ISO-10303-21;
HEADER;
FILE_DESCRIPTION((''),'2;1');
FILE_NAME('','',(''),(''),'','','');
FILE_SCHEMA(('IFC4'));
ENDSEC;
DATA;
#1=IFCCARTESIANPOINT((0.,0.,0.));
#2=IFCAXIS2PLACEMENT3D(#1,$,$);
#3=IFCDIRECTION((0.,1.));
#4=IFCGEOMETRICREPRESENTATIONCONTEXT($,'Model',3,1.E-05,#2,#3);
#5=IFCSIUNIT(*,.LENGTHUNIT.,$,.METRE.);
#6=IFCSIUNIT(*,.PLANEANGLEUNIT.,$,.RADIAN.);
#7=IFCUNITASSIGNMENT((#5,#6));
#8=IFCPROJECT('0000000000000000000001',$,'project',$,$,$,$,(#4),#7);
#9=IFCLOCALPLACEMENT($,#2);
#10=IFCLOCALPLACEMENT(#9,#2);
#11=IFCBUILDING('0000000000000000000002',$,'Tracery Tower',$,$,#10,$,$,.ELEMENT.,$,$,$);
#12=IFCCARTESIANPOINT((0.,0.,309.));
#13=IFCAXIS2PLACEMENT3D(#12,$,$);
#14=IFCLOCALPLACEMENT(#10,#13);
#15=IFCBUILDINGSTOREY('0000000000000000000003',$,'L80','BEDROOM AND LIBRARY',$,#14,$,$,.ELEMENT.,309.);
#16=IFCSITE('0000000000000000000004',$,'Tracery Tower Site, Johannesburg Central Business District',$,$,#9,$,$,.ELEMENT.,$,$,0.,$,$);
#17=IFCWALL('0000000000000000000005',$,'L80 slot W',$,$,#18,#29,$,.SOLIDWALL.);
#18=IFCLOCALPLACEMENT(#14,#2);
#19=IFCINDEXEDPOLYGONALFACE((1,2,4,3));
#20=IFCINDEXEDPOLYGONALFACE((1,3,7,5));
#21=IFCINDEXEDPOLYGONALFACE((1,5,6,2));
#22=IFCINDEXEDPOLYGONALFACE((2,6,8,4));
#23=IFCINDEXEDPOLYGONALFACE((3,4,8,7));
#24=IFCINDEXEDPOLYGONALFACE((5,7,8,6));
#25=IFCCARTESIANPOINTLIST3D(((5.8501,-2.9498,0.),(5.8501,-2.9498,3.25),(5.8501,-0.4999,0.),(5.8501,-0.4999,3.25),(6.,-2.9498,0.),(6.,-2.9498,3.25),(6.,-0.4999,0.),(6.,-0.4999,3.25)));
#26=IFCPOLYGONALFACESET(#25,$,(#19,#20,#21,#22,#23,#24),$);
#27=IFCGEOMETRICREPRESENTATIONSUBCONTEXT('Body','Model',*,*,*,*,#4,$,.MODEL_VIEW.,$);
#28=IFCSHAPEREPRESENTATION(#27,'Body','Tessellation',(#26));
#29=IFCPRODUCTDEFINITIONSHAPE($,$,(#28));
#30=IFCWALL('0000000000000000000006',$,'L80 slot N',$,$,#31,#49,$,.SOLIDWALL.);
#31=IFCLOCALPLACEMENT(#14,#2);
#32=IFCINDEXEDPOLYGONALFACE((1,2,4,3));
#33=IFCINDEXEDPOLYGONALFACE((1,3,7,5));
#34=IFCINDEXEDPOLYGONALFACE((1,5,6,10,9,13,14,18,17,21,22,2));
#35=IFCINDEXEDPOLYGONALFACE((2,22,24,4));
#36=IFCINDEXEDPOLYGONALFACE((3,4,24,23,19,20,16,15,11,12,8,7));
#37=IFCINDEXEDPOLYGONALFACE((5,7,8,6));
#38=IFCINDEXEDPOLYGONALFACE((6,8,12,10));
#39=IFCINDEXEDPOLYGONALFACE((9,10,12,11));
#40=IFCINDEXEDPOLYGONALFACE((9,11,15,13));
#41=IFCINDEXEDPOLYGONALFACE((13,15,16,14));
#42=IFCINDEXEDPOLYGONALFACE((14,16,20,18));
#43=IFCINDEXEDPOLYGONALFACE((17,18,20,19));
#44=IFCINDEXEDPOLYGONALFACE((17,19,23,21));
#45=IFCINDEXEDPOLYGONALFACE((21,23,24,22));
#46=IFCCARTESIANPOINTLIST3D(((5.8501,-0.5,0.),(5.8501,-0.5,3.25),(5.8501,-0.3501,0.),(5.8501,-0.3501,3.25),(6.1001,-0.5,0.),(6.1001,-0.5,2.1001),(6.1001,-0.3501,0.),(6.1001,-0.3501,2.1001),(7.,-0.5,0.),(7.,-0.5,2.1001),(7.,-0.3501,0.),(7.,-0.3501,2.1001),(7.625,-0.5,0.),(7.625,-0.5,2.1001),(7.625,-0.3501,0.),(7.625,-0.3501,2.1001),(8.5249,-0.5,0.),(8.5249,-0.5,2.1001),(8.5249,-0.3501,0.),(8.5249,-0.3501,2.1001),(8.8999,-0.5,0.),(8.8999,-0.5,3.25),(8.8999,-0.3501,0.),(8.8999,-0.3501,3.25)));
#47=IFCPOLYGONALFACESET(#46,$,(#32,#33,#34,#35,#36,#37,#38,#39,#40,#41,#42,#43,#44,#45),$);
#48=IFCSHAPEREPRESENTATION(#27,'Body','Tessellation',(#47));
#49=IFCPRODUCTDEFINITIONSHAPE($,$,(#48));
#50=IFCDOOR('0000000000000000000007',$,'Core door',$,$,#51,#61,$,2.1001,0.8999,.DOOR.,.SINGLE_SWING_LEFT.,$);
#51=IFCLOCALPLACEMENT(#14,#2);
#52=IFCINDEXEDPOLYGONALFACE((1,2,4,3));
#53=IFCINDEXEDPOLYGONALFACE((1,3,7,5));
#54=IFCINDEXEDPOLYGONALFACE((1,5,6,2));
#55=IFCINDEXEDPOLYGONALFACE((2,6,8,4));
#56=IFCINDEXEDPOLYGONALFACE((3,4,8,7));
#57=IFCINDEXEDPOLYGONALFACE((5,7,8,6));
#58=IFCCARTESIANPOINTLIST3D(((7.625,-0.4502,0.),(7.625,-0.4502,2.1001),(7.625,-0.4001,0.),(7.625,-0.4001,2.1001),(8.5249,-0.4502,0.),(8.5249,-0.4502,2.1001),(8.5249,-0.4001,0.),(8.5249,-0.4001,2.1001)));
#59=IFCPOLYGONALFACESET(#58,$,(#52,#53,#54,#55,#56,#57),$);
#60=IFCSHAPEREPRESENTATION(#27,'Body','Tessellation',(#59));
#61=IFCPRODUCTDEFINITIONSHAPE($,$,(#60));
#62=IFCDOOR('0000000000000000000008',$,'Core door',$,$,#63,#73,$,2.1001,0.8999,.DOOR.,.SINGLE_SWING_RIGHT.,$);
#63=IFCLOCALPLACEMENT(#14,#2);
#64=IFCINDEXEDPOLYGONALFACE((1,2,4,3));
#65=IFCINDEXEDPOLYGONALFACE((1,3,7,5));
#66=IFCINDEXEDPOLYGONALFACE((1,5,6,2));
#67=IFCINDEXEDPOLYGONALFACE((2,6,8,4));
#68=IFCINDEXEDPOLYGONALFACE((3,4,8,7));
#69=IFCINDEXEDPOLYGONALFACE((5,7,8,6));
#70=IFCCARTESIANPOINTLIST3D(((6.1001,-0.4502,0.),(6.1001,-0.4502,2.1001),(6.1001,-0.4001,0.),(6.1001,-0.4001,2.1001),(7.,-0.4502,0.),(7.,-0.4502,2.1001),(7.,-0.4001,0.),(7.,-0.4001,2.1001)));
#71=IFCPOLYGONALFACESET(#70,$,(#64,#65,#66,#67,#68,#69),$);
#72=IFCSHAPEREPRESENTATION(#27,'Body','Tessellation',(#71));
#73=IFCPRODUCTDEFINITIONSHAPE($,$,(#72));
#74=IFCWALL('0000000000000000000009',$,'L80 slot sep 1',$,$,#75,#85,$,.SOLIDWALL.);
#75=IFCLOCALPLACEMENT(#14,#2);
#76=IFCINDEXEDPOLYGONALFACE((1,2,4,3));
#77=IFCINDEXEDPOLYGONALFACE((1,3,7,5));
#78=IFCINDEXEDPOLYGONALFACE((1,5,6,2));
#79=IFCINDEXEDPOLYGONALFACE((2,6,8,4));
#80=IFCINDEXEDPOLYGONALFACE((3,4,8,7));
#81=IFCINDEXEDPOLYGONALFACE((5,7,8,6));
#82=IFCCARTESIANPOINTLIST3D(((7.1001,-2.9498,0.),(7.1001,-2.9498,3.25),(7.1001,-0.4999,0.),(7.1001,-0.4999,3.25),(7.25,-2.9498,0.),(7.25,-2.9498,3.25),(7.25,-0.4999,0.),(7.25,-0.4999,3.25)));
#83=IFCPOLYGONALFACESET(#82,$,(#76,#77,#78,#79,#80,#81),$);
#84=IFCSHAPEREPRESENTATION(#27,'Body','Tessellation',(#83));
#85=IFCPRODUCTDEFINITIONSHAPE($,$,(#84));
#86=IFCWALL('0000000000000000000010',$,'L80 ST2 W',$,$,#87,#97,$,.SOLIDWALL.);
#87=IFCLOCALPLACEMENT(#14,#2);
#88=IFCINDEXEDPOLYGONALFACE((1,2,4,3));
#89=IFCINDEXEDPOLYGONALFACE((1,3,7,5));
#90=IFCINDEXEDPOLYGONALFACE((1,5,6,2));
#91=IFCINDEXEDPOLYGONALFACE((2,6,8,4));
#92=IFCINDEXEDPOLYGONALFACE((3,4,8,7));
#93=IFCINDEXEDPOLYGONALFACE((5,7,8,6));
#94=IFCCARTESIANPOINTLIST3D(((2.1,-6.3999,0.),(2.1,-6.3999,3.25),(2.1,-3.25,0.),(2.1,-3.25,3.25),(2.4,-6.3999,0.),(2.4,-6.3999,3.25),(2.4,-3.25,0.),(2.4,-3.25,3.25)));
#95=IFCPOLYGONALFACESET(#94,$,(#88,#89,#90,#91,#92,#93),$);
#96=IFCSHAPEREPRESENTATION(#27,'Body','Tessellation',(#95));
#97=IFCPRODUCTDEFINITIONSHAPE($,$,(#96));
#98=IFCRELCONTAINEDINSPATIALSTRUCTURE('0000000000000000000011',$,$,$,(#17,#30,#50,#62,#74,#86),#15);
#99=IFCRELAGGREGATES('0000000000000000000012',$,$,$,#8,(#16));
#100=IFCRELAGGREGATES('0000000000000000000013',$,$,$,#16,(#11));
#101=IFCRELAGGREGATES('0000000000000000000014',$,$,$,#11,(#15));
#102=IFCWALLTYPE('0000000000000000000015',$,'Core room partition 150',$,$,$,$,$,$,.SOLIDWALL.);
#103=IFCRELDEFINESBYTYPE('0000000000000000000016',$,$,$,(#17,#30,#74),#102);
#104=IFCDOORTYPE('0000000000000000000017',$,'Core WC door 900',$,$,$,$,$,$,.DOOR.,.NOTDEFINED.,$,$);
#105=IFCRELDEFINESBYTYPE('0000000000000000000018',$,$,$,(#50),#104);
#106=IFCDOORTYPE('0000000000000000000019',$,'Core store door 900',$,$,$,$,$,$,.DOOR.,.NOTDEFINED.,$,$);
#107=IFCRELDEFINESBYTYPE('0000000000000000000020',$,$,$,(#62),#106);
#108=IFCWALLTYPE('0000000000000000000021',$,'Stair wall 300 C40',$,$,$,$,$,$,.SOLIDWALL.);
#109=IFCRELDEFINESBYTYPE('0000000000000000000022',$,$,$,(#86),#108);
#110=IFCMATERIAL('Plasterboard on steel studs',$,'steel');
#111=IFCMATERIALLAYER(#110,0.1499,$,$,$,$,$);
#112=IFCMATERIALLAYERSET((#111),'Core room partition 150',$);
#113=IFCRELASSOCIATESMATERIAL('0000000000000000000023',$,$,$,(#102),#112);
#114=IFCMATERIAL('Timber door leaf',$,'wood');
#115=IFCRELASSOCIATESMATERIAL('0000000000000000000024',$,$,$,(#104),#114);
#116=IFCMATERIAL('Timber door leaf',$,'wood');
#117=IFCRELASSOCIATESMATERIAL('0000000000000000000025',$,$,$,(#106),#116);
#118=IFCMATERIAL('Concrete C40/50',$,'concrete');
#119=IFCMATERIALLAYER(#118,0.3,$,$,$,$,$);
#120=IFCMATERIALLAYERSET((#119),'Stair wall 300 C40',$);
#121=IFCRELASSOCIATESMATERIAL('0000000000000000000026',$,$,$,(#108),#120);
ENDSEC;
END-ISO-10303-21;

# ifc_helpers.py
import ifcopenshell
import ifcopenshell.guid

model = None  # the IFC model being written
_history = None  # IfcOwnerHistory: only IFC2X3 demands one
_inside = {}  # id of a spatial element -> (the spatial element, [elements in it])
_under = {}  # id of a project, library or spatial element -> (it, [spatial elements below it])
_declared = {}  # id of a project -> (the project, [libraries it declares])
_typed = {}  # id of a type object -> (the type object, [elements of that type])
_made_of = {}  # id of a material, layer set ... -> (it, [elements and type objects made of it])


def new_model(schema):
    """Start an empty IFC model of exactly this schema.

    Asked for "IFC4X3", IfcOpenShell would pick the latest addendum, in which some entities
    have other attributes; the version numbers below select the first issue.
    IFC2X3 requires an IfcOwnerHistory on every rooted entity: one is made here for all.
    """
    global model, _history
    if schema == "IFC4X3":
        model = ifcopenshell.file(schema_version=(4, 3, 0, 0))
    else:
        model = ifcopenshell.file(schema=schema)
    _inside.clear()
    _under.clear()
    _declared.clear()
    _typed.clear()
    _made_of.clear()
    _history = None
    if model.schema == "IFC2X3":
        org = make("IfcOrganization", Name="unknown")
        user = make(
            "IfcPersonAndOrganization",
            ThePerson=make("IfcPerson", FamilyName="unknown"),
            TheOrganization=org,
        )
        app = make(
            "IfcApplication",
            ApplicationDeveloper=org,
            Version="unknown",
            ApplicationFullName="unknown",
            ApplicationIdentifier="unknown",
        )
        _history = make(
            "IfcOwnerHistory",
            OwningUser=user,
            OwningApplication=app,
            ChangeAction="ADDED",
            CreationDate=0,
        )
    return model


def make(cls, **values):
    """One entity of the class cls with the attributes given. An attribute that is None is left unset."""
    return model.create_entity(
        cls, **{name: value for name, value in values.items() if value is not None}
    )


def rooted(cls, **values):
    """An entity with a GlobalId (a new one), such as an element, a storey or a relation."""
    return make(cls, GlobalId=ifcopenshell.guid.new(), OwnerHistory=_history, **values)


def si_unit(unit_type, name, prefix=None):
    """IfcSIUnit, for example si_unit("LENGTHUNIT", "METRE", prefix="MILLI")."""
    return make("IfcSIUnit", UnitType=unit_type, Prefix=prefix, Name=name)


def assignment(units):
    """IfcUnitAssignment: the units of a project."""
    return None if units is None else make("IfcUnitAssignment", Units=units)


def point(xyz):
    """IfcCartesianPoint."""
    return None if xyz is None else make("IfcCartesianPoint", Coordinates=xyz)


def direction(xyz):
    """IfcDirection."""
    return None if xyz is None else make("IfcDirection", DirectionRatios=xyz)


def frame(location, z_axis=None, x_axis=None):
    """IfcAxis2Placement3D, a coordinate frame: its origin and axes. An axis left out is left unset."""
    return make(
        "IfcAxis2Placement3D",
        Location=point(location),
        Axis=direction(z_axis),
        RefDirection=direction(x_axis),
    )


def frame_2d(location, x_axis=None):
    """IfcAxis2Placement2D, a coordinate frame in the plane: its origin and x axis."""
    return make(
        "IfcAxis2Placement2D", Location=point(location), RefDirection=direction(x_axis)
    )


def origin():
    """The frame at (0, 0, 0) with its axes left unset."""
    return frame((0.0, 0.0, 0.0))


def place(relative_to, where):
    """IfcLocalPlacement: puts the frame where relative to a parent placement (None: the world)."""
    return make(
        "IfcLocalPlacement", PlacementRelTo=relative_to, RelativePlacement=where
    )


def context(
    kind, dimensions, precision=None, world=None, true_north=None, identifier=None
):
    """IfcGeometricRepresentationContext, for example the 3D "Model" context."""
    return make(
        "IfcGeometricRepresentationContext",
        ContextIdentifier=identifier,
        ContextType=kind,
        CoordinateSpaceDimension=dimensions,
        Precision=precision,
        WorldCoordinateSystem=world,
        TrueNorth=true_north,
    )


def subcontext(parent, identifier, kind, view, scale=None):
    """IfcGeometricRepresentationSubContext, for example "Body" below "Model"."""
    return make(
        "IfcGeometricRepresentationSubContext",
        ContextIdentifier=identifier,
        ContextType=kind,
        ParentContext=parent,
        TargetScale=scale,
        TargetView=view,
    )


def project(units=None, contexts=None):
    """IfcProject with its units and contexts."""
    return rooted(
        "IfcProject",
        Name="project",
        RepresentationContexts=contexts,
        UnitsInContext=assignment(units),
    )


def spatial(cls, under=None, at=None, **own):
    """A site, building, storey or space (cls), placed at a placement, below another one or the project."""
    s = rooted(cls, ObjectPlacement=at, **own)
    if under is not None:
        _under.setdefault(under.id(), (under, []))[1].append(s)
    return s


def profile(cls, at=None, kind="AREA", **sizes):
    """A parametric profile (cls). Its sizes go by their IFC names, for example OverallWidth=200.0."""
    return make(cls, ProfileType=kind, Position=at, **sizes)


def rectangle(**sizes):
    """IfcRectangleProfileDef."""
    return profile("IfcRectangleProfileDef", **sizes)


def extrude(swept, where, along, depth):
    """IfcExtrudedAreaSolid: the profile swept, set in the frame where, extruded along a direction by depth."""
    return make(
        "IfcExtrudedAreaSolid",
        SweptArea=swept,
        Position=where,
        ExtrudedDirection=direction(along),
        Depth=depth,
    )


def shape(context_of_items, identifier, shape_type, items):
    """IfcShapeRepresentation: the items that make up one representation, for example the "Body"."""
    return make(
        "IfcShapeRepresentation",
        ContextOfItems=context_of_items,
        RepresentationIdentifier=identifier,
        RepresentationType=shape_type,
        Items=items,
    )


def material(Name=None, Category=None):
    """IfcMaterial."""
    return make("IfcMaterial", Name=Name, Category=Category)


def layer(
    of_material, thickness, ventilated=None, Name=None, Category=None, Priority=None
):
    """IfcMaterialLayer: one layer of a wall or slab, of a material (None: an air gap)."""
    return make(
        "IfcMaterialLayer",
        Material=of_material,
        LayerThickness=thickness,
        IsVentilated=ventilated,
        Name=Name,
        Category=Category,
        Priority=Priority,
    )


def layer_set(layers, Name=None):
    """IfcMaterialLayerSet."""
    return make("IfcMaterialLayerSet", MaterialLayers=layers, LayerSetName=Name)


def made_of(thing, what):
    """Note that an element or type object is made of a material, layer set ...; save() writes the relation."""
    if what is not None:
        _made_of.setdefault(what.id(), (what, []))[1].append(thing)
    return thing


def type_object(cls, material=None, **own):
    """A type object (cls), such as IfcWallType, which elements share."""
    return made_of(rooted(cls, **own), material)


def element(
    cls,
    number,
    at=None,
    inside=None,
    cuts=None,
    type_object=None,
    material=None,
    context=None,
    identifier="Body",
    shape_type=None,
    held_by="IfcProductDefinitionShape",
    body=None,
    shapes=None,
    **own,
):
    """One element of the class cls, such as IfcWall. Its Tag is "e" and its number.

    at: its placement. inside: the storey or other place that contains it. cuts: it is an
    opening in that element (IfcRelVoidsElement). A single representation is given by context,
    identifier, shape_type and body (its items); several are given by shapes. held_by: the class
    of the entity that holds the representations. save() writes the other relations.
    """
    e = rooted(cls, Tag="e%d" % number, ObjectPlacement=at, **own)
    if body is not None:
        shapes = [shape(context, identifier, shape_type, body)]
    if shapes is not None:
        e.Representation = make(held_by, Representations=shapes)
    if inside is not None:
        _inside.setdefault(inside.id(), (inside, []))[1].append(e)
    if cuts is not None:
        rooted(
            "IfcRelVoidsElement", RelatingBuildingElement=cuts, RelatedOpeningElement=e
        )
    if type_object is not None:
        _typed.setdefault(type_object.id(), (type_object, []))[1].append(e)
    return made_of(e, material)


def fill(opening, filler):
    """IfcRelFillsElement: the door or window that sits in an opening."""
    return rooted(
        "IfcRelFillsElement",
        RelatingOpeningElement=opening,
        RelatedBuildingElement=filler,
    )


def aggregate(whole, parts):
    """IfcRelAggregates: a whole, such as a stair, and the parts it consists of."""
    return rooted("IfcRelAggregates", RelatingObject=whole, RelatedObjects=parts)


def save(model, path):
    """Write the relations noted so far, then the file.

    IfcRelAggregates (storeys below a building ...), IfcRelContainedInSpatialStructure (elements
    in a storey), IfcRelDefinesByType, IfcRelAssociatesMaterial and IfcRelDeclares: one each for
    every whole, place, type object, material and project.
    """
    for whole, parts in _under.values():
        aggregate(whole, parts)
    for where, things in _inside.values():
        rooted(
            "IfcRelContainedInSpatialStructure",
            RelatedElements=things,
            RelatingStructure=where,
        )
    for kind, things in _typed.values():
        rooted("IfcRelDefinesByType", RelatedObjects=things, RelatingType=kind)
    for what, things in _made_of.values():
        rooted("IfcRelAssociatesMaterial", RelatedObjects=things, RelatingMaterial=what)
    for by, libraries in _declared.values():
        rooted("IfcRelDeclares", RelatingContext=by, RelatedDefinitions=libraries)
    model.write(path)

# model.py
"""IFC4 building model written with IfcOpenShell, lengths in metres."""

from ifc_helpers import new_model, si_unit, direction, frame, frame_2d, origin, place, context, subcontext, project, spatial, rectangle, extrude, material, layer, layer_set, type_object, element, fill, save


model = new_model("IFC4")

# Units and contexts
model_context = context("Model", 3, precision=1e-05, world=origin(), true_north=direction((0.0, 1.0)))
body_context = subcontext(model_context, "Body", "Model", "MODEL_VIEW")
ifc_project = project(units=[si_unit("LENGTHUNIT", "METRE"), si_unit("PLANEANGLEUNIT", "RADIAN")], contexts=[model_context])

# Site, building, storey
site_placement = place(None, origin())
site = spatial("IfcSite", under=ifc_project, at=site_placement, Name="Tracery Tower Site, Johannesburg Central Business District", CompositionType="ELEMENT", RefElevation=0.0)
building_placement = place(site_placement, origin())
building = spatial("IfcBuilding", under=site, at=building_placement, Name="Tracery Tower", CompositionType="ELEMENT")
storey_placement = place(building_placement, frame((0.0, 0.0, 309.0)))
storey = spatial("IfcBuildingStorey", under=building, at=storey_placement, Name="L80", Description="BEDROOM AND LIBRARY", CompositionType="ELEMENT", Elevation=309.0)

# Wall
ifc_material_1 = material(Name="Plasterboard on steel studs", Category="steel")
ifc_layer_1 = layer(ifc_material_1, 0.1499)
ifc_layer_set_1 = layer_set([ifc_layer_1], Name="Core room partition 150")
wall_type_1 = type_object("IfcWallType", Name="Core room partition 150", PredefinedType="SOLIDWALL", material=ifc_layer_set_1)
wall_1_placement = place(storey_placement, frame((5.925, -2.95, 0.0), z_axis=(0.0, 0.0, 1.0), x_axis=(0.0, 1.0, 0.0)))
element("IfcWall", 1, at=wall_1_placement, inside=storey, type_object=wall_type_1, Name="L80 slot W", PredefinedType="SOLIDWALL", context=body_context, shape_type="SweptSolid", body=[
    extrude(rectangle(XDim=2.45, YDim=0.1499, at=frame_2d((1.2251, 0.0))), origin(), (0.0, 0.0, 1.0), 3.25),
])

# Wall, openings, doors
wall_2_placement = place(storey_placement, frame((5.8501, -0.425, 0.0), z_axis=(0.0, 0.0, 1.0), x_axis=(1.0, 0.0, 0.0)))
wall_2 = element("IfcWall", 2, at=wall_2_placement, inside=storey, type_object=wall_type_1, Name="L80 slot N", PredefinedType="SOLIDWALL", context=body_context, shape_type="SweptSolid", body=[
    extrude(rectangle(XDim=3.0498, YDim=0.1499, at=frame_2d((1.5249, 0.0))), origin(), (0.0, 0.0, 1.0), 3.25),
])
opening_1_placement = place(wall_2_placement, frame((0.25, 0.0, 0.0)))
opening_1 = element("IfcOpeningElement", 3, at=opening_1_placement, cuts=wall_2, PredefinedType="OPENING", context=body_context, shape_type="SweptSolid", body=[
    extrude(rectangle(XDim=0.8999, YDim=2.1001, at=frame_2d((0.45, 1.05))), frame((0.0, 0.075, 0.0), z_axis=(0.0, -1.0, 0.0), x_axis=(1.0, 0.0, 0.0)), (0.0, 0.0, 1.0), 0.1499),
])
opening_2_placement = place(wall_2_placement, frame((1.7749, 0.0, 0.0)))
opening_2 = element("IfcOpeningElement", 4, at=opening_2_placement, cuts=wall_2, PredefinedType="OPENING", context=body_context, shape_type="SweptSolid", body=[
    extrude(rectangle(XDim=0.8999, YDim=2.1001, at=frame_2d((0.45, 1.05))), frame((0.0, 0.075, 0.0), z_axis=(0.0, -1.0, 0.0), x_axis=(1.0, 0.0, 0.0)), (0.0, 0.0, 1.0), 0.1499),
])
ifc_material_2 = material(Name="Timber door leaf", Category="wood")
door_type_1 = type_object("IfcDoorType", Name="Core WC door 900", OperationType="NOTDEFINED", PredefinedType="DOOR", material=ifc_material_2)
door_1_placement = place(opening_2_placement, origin())
door_1 = element("IfcDoor", 5, at=door_1_placement, inside=storey, type_object=door_type_1, Name="Core door", OperationType="SINGLE_SWING_LEFT", OverallHeight=2.1001, OverallWidth=0.8999, PredefinedType="DOOR", context=body_context, shape_type="SweptSolid", body=[
    extrude(rectangle(XDim=0.8999, YDim=2.1001, at=frame_2d((0.45, 1.05))), frame((0.0, 0.0249, 0.0), z_axis=(0.0, -1.0, 0.0), x_axis=(1.0, 0.0, 0.0)), (0.0, 0.0, 1.0), 0.05),
])
fill(opening_2, door_1)
ifc_material_3 = material(Name="Timber door leaf", Category="wood")
door_type_2 = type_object("IfcDoorType", Name="Core store door 900", OperationType="NOTDEFINED", PredefinedType="DOOR", material=ifc_material_3)
door_2_placement = place(opening_1_placement, origin())
door_2 = element("IfcDoor", 6, at=door_2_placement, inside=storey, type_object=door_type_2, Name="Core door", OperationType="SINGLE_SWING_RIGHT", OverallHeight=2.1001, OverallWidth=0.8999, PredefinedType="DOOR", context=body_context, shape_type="SweptSolid", body=[
    extrude(rectangle(XDim=0.8999, YDim=2.1001, at=frame_2d((0.45, 1.05))), frame((0.0, 0.0249, 0.0), z_axis=(0.0, -1.0, 0.0), x_axis=(1.0, 0.0, 0.0)), (0.0, 0.0, 1.0), 0.05),
])
fill(opening_1, door_2)

# Wall
wall_3_placement = place(storey_placement, frame((7.175, -2.95, 0.0), z_axis=(0.0, 0.0, 1.0), x_axis=(0.0, 1.0, 0.0)))
element("IfcWall", 7, at=wall_3_placement, inside=storey, type_object=wall_type_1, Name="L80 slot sep 1", PredefinedType="SOLIDWALL", context=body_context, shape_type="SweptSolid", body=[
    extrude(rectangle(XDim=2.45, YDim=0.1499, at=frame_2d((1.2251, 0.0))), origin(), (0.0, 0.0, 1.0), 3.25),
])

# Shared definitions
ifc_material_4 = material(Name="Concrete C40/50", Category="concrete")
ifc_layer_2 = layer(ifc_material_4, 0.3)
ifc_layer_set_2 = layer_set([ifc_layer_2], Name="Stair wall 300 C40")
wall_type_2 = type_object("IfcWallType", Name="Stair wall 300 C40", PredefinedType="SOLIDWALL", material=ifc_layer_set_2)

# Wall
wall_4_placement = place(storey_placement, frame((2.25, -6.3999, 0.0), z_axis=(0.0, 0.0, 1.0), x_axis=(0.0, 1.0, 0.0)))
element("IfcWall", 8, at=wall_4_placement, inside=storey, type_object=wall_type_2, Name="L80 ST2 W", PredefinedType="SOLIDWALL", context=body_context, shape_type="SweptSolid", body=[
    extrude(rectangle(XDim=3.1499, YDim=0.3, at=frame_2d((1.575, 0.0))), origin(), (0.0, 0.0, 1.0), 3.25),
])

save(model, "model.ifc")
